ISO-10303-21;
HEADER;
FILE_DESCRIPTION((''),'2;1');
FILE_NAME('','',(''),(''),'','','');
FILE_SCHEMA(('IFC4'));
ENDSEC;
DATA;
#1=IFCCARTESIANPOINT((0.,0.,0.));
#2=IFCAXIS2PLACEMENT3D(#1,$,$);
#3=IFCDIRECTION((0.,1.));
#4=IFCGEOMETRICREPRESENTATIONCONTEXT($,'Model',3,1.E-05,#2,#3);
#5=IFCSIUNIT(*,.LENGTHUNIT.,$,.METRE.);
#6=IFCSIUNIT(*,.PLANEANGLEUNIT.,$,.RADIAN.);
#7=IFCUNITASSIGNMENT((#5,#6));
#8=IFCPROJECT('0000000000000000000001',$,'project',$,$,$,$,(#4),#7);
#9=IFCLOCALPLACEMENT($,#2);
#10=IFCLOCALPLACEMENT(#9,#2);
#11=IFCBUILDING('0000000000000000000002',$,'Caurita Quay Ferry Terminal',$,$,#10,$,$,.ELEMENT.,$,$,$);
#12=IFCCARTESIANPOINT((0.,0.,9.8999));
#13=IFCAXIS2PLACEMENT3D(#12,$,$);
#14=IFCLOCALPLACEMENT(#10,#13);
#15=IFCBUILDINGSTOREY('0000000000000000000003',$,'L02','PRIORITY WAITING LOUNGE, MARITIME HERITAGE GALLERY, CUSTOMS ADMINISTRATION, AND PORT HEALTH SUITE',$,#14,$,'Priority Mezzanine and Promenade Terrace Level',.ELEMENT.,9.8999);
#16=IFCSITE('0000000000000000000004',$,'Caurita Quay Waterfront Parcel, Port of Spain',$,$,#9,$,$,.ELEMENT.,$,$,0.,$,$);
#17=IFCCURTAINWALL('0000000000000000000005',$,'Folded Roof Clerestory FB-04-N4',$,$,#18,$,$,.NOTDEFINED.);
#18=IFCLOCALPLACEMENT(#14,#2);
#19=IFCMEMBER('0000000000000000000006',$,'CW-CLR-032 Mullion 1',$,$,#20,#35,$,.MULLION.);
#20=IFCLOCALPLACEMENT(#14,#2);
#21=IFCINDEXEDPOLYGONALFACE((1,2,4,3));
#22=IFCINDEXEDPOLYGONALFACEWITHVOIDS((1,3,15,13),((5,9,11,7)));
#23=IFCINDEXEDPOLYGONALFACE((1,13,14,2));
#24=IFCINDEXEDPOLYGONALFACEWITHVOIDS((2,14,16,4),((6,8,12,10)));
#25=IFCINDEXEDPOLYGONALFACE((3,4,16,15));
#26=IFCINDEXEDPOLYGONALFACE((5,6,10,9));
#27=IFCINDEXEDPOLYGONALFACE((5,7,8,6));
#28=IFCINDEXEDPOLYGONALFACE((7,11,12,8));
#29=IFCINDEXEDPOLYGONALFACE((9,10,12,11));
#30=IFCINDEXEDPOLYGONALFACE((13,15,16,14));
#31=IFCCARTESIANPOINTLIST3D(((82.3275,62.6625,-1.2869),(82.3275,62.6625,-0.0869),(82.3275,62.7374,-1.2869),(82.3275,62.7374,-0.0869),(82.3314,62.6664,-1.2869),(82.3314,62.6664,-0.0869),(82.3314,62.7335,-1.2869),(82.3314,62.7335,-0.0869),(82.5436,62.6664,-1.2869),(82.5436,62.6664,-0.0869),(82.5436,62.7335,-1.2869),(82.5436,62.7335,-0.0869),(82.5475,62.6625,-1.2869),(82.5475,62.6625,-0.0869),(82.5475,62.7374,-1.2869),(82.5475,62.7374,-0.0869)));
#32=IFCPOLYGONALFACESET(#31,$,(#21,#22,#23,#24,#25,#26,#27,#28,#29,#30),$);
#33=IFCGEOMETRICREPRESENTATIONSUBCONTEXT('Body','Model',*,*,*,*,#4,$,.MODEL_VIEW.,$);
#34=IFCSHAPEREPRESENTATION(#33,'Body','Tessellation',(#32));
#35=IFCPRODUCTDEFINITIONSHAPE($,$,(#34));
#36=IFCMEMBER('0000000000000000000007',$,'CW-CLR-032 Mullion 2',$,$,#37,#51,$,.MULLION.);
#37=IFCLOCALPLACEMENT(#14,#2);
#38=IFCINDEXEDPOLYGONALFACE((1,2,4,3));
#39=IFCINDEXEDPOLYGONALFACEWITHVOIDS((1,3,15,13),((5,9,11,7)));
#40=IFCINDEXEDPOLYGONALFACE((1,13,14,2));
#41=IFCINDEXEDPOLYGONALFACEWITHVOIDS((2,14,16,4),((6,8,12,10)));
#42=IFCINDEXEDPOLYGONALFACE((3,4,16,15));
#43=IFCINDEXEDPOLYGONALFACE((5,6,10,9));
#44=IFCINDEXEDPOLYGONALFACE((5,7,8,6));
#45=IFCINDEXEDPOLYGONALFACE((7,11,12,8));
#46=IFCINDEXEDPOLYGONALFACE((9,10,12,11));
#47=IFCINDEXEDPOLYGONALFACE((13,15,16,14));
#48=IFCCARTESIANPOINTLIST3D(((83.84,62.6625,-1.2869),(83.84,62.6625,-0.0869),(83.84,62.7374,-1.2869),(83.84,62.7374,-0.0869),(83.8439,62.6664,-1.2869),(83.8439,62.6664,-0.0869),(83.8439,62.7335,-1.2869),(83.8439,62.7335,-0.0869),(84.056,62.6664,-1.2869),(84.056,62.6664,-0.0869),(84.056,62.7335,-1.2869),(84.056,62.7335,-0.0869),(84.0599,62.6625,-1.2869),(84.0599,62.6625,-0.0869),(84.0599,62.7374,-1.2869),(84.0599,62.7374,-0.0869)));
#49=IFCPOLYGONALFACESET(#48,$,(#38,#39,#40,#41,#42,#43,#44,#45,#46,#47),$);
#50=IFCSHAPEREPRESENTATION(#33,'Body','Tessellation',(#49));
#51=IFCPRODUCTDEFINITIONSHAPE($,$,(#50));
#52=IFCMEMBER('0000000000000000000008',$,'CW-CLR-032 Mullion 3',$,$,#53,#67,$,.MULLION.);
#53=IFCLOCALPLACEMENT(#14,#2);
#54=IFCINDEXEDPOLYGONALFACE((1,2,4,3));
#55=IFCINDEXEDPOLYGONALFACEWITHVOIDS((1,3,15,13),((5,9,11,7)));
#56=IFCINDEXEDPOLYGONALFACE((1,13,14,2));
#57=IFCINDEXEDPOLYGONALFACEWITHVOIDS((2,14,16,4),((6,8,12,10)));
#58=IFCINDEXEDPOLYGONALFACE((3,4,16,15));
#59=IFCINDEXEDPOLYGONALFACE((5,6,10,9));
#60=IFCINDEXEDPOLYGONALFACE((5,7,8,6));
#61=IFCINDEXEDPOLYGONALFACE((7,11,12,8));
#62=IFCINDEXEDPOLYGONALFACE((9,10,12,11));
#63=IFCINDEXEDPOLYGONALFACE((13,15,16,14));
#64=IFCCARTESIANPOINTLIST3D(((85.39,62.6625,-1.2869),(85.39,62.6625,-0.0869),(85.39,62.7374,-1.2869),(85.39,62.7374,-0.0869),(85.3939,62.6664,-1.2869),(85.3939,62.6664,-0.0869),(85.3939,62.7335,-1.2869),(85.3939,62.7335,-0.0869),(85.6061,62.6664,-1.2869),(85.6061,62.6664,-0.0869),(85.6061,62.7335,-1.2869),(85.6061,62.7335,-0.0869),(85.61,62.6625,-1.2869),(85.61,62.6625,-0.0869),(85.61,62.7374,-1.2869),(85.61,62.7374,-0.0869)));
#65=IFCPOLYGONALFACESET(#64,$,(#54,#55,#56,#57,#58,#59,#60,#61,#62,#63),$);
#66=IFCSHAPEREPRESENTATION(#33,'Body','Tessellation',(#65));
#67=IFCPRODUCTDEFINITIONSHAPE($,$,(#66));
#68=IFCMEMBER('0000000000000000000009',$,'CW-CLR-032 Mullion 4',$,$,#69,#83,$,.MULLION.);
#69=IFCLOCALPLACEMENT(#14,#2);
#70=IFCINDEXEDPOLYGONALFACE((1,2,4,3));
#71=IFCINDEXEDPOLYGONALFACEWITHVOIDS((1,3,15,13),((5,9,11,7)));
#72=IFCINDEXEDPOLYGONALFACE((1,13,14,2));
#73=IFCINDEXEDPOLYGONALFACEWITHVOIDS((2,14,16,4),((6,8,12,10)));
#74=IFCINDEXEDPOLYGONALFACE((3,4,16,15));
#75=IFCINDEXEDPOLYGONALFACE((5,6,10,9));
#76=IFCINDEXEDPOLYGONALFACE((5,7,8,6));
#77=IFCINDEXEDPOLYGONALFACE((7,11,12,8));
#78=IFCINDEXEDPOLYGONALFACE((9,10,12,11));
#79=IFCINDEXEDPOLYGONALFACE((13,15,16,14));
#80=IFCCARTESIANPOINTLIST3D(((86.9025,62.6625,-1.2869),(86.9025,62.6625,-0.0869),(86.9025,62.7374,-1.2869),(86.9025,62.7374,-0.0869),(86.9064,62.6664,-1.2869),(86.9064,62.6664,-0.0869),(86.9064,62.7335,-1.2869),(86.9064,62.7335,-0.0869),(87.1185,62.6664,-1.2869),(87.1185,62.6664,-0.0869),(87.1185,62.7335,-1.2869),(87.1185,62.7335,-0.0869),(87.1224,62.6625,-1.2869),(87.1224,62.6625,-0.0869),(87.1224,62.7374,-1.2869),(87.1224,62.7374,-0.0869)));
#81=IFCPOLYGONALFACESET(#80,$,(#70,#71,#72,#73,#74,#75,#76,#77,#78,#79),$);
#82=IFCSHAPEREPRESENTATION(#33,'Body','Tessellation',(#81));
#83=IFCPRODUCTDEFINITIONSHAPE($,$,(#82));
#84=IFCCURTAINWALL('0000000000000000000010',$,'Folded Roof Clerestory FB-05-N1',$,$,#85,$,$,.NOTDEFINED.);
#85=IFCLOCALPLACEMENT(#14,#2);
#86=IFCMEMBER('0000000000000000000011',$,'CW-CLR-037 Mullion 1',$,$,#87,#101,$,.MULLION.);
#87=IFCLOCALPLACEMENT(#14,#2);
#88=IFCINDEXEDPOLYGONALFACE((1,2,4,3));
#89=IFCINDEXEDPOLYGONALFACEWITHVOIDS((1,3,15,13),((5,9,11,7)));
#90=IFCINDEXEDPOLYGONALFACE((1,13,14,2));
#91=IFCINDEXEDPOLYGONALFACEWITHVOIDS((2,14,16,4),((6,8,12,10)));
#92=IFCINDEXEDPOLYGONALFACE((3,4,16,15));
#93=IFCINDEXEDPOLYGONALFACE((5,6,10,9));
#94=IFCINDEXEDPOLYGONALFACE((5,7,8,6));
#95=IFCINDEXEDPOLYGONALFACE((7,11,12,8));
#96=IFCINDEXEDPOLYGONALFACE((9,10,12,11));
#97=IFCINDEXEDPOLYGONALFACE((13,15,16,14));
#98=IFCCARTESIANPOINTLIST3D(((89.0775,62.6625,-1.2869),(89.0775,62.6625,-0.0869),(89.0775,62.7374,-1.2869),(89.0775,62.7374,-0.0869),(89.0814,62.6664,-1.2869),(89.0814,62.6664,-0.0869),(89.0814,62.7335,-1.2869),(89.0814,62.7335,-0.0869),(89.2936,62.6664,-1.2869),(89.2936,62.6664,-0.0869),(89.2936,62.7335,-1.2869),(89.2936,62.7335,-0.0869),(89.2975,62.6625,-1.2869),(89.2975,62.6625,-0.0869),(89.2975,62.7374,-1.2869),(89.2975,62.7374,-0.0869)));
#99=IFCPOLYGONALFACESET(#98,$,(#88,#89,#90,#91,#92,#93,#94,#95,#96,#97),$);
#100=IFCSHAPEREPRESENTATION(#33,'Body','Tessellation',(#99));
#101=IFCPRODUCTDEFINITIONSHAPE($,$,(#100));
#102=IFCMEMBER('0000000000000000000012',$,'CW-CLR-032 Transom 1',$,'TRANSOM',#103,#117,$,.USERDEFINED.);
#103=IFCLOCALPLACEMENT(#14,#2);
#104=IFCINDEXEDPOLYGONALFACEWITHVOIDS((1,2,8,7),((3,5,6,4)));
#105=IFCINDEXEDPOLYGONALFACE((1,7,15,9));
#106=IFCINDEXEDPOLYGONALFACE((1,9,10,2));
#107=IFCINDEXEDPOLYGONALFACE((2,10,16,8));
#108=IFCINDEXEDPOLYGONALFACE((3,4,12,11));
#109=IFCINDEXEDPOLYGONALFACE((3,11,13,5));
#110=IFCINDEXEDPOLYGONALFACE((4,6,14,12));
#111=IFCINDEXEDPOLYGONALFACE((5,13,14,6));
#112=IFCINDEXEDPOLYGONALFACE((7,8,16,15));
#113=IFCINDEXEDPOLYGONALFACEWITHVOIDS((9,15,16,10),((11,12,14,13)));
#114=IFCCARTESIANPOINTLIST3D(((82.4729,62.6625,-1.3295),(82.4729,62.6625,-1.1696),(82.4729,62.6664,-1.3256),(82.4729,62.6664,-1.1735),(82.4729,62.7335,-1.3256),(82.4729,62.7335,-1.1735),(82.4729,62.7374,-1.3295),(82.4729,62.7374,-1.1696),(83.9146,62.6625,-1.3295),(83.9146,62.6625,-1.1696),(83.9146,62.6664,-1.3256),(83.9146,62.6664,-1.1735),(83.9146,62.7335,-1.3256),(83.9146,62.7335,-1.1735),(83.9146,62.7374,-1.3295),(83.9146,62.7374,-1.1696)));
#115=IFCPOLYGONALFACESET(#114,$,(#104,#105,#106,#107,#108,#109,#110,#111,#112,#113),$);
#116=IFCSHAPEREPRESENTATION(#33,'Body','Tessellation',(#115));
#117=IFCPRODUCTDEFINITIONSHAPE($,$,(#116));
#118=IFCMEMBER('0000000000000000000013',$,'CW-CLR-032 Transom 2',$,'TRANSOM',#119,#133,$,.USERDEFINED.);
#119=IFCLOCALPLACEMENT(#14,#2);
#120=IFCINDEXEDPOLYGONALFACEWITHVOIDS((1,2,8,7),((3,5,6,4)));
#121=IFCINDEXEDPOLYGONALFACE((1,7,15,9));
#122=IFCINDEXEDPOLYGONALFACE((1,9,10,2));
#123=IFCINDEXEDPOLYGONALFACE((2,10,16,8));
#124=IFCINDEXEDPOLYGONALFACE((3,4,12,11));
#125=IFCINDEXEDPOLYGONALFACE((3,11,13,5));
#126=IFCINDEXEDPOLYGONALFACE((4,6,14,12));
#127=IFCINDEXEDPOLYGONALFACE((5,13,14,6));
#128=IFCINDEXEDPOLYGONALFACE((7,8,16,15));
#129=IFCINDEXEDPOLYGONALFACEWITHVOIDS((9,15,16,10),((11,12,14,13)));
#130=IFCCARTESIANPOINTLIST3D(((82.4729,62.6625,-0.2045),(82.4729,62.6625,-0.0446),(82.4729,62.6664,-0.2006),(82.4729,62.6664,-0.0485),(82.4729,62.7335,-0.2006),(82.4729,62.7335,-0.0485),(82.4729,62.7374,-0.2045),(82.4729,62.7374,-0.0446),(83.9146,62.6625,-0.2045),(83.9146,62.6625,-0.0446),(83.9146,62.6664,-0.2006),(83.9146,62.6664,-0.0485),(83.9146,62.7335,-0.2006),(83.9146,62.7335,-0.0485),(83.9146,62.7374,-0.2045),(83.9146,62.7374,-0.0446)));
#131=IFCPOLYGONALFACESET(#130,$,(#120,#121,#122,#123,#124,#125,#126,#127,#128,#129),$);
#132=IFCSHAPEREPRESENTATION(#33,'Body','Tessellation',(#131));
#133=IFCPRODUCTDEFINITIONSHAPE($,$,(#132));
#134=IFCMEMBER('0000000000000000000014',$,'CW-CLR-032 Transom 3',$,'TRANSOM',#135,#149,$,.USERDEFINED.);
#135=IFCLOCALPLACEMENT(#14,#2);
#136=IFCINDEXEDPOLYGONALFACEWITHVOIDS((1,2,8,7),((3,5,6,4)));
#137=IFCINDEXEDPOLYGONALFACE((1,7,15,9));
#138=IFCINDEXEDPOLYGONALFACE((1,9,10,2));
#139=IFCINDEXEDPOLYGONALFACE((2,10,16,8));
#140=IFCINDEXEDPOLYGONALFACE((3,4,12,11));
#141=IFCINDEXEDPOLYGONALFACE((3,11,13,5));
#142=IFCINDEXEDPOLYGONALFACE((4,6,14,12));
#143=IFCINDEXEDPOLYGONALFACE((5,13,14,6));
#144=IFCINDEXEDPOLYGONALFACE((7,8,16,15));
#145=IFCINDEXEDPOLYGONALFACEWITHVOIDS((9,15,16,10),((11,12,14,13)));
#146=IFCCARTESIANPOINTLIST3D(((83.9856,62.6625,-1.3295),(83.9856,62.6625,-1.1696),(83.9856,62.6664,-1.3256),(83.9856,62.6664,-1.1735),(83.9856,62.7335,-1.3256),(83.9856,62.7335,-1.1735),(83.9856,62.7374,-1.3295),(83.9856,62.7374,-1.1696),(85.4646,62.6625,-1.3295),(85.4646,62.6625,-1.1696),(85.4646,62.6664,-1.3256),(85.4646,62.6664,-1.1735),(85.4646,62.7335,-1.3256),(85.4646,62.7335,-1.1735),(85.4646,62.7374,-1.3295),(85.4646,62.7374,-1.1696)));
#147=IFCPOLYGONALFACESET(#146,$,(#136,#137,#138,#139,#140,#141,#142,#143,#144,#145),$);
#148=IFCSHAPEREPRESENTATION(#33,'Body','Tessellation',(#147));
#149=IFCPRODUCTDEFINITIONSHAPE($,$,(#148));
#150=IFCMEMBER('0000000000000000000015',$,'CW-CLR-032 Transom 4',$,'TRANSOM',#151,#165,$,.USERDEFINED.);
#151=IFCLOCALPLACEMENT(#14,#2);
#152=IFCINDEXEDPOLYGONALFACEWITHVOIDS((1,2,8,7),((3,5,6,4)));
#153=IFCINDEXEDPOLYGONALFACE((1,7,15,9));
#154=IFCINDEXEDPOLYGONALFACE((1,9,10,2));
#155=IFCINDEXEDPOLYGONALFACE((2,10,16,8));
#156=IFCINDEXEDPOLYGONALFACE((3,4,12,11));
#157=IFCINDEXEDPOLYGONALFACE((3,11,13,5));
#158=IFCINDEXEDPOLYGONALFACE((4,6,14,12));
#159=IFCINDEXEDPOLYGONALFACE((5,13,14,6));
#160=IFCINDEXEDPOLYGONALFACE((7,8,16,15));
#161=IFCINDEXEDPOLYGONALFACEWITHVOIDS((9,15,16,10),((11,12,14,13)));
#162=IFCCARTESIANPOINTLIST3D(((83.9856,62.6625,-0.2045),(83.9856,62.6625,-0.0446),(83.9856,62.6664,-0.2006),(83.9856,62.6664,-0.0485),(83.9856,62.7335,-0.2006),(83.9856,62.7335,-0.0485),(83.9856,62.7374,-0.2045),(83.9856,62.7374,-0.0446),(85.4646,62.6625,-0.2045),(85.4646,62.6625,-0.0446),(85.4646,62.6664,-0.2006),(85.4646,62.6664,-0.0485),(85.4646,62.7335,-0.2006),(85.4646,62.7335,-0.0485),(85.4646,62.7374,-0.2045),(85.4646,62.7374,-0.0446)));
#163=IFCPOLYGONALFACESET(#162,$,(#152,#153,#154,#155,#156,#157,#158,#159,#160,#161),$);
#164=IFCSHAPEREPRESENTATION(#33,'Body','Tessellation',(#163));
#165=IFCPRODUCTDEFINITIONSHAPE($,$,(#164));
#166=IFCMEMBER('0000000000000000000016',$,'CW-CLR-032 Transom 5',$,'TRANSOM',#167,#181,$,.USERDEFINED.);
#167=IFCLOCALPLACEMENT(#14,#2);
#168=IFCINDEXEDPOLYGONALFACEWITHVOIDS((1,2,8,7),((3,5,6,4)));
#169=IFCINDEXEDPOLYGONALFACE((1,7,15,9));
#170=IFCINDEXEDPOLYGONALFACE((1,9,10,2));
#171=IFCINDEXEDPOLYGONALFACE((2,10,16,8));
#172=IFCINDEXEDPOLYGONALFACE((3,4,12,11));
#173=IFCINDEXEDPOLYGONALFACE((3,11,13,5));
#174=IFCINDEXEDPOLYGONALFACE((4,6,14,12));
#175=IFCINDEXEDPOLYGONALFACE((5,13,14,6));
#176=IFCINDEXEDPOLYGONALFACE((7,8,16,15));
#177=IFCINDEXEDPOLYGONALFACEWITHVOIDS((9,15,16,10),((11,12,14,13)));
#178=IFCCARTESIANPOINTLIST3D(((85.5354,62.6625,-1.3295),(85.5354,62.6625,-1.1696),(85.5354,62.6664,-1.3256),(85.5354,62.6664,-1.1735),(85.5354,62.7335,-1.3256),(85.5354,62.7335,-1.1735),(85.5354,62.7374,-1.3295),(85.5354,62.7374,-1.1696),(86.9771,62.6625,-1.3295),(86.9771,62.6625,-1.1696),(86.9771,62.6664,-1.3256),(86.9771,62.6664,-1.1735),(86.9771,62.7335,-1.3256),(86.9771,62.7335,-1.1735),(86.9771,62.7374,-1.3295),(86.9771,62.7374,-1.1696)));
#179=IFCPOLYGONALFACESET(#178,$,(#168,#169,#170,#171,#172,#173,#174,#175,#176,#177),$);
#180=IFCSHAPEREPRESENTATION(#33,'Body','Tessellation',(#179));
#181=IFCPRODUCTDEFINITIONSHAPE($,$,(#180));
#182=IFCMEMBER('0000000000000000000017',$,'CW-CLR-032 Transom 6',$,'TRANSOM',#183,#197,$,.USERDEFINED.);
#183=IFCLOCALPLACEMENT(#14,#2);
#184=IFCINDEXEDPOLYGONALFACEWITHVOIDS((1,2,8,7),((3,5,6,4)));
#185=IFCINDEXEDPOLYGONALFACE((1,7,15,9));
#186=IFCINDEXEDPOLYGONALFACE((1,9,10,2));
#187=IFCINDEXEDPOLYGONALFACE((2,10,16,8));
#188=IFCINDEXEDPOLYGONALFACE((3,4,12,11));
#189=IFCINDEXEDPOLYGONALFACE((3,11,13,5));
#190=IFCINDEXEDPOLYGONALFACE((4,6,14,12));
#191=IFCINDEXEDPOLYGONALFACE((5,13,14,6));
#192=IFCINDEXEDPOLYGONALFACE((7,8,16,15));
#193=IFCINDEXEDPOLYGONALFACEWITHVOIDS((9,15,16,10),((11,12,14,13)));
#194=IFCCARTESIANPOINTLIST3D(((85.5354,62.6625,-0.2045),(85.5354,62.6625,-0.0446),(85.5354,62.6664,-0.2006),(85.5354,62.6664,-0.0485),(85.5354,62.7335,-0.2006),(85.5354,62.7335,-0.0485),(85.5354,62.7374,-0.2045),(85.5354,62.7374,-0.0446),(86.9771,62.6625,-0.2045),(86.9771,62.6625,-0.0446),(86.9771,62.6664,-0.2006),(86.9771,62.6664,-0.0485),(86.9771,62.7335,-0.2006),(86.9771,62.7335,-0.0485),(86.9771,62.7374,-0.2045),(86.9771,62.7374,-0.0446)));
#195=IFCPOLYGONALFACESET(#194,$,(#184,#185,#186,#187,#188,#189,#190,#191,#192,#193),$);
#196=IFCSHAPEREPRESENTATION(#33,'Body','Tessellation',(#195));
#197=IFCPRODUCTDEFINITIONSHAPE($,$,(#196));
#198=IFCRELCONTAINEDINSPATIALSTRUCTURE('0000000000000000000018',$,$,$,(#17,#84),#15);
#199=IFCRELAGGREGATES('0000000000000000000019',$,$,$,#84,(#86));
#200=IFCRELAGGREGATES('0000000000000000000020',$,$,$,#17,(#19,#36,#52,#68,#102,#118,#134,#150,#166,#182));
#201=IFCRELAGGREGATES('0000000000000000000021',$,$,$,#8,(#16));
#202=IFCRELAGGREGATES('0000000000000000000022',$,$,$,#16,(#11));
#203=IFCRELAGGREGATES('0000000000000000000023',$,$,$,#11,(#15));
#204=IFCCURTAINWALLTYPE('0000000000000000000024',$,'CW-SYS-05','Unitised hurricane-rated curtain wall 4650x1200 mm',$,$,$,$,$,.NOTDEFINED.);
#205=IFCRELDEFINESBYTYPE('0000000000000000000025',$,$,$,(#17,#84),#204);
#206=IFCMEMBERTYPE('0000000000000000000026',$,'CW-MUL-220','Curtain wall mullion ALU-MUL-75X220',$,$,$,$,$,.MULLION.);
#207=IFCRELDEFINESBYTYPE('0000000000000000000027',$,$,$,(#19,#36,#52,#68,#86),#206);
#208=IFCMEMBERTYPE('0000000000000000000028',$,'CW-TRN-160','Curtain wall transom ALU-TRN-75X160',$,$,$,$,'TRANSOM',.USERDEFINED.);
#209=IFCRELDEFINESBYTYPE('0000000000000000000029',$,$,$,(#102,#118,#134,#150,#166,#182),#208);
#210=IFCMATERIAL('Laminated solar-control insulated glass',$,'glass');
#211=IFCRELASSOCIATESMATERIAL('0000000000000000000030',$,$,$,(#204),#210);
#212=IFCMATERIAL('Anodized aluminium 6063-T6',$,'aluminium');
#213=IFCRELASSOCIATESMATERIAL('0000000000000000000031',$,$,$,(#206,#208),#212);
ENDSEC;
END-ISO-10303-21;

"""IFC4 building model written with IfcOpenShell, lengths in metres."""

from ifc_helpers import new_model, si_unit, direction, frame, origin, origin_2d, place, context, subcontext, project, spatial, hollow_rectangle, extrude, material, material_profile, profile_set, type_object, element, aggregate, save


model = new_model("IFC4")

# Units and contexts
model_context = context("Model", 3, precision=1e-05, world=origin(), true_north=direction((0.0, 1.0)))
body_context = subcontext(model_context, "Body", "Model", "MODEL_VIEW")
ifc_project = project(units=[si_unit("LENGTHUNIT", "METRE"), si_unit("PLANEANGLEUNIT", "RADIAN")], contexts=[model_context])

# Site, building, storey
site_placement = place(None, origin())
site = spatial("IfcSite", under=ifc_project, at=site_placement, Name="Caurita Quay Waterfront Parcel, Port of Spain", CompositionType="ELEMENT", RefElevation=0.0)
building_placement = place(site_placement, origin())
building = spatial("IfcBuilding", under=site, at=building_placement, Name="Caurita Quay Ferry Terminal", CompositionType="ELEMENT")
storey_placement = place(building_placement, frame((0.0, 0.0, 9.8999)))
storey = spatial("IfcBuildingStorey", under=building, at=storey_placement, Name="L02", Description="PRIORITY WAITING LOUNGE, MARITIME HERITAGE GALLERY, CUSTOMS ADMINISTRATION, AND PORT HEALTH SUITE", LongName="Priority Mezzanine and Promenade Terrace Level", CompositionType="ELEMENT", Elevation=9.8999)

# Curtain wall, members
ifc_material_1 = material(Name="Laminated solar-control insulated glass", Category="glass")
curtain_wall_type = type_object("IfcCurtainWallType", Name="CW-SYS-05", Description="Unitised hurricane-rated curtain wall 4650x1200 mm", PredefinedType="NOTDEFINED", material=ifc_material_1)
curtain_wall_1_placement = place(storey_placement, origin())
curtain_wall_1 = element("IfcCurtainWall", 1, at=curtain_wall_1_placement, inside=storey, type_object=curtain_wall_type, Name="Folded Roof Clerestory FB-04-N4", PredefinedType="NOTDEFINED")
ifc_material_2 = material(Name="Anodized aluminium 6063-T6", Category="aluminium")
ifc_material_profile_1 = material_profile(ifc_material_2, hollow_rectangle(XDim=0.075, YDim=0.22, WallThickness=0.0039, at=origin_2d()), Name="ALU-MUL-75X220")
ifc_profile_set_1 = profile_set([ifc_material_profile_1], Name="Anodized aluminium 6063-T6")
member_type_1 = type_object("IfcMemberType", Name="CW-MUL-220", Description="Curtain wall mullion ALU-MUL-75X220", PredefinedType="MULLION", material=ifc_profile_set_1)
member_1_placement = place(storey_placement, frame((82.4375, 62.7, -1.2869), z_axis=(0.0, 0.0, 1.0), x_axis=(0.0, 1.0, 0.0)))
member_1 = element("IfcMember", 2, at=member_1_placement, type_object=member_type_1, Name="CW-CLR-032 Mullion 1", PredefinedType="MULLION", context=body_context, shape_type="SweptSolid", body=[
    extrude(hollow_rectangle(XDim=0.075, YDim=0.22, WallThickness=0.0039, at=origin_2d()), origin(), (0.0, 0.0, 1.0), 1.2),
])
member_2_placement = place(storey_placement, frame((83.95, 62.7, -1.2869), z_axis=(0.0, 0.0, 1.0), x_axis=(0.0, 1.0, 0.0)))
member_2 = element("IfcMember", 3, at=member_2_placement, type_object=member_type_1, Name="CW-CLR-032 Mullion 2", PredefinedType="MULLION", context=body_context, shape_type="SweptSolid", body=[
    extrude(hollow_rectangle(XDim=0.075, YDim=0.22, WallThickness=0.0039, at=origin_2d()), origin(), (0.0, 0.0, 1.0), 1.2),
])
member_3_placement = place(storey_placement, frame((85.5, 62.7, -1.2869), z_axis=(0.0, 0.0, 1.0), x_axis=(0.0, 1.0, 0.0)))
member_3 = element("IfcMember", 4, at=member_3_placement, type_object=member_type_1, Name="CW-CLR-032 Mullion 3", PredefinedType="MULLION", context=body_context, shape_type="SweptSolid", body=[
    extrude(hollow_rectangle(XDim=0.075, YDim=0.22, WallThickness=0.0039, at=origin_2d()), origin(), (0.0, 0.0, 1.0), 1.2),
])
member_4_placement = place(storey_placement, frame((87.0125, 62.7, -1.2869), z_axis=(0.0, 0.0, 1.0), x_axis=(0.0, 1.0, 0.0)))
member_4 = element("IfcMember", 5, at=member_4_placement, type_object=member_type_1, Name="CW-CLR-032 Mullion 4", PredefinedType="MULLION", context=body_context, shape_type="SweptSolid", body=[
    extrude(hollow_rectangle(XDim=0.075, YDim=0.22, WallThickness=0.0039, at=origin_2d()), origin(), (0.0, 0.0, 1.0), 1.2),
])

# Curtain wall, member
curtain_wall_2_placement = place(storey_placement, origin())
curtain_wall_2 = element("IfcCurtainWall", 6, at=curtain_wall_2_placement, inside=storey, type_object=curtain_wall_type, Name="Folded Roof Clerestory FB-05-N1", PredefinedType="NOTDEFINED")
member_5_placement = place(storey_placement, frame((89.1875, 62.7, -1.2869), z_axis=(0.0, 0.0, 1.0), x_axis=(0.0, 1.0, 0.0)))
member_5 = element("IfcMember", 7, at=member_5_placement, type_object=member_type_1, Name="CW-CLR-037 Mullion 1", PredefinedType="MULLION", context=body_context, shape_type="SweptSolid", body=[
    extrude(hollow_rectangle(XDim=0.075, YDim=0.22, WallThickness=0.0039, at=origin_2d()), origin(), (0.0, 0.0, 1.0), 1.2),
])
aggregate(curtain_wall_2, [member_5])

# Members
ifc_material_profile_2 = material_profile(ifc_material_2, hollow_rectangle(XDim=0.075, YDim=0.1599, WallThickness=0.0039, at=origin_2d()), Name="ALU-TRN-75X160")
ifc_profile_set_2 = profile_set([ifc_material_profile_2], Name="Anodized aluminium 6063-T6")
member_type_2 = type_object("IfcMemberType", Name="CW-TRN-160", Description="Curtain wall transom ALU-TRN-75X160", ElementType="TRANSOM", PredefinedType="USERDEFINED", material=ifc_profile_set_2)
member_6_placement = place(storey_placement, frame((82.4729, 62.7, -1.2495), z_axis=(1.0, 0.0, 0.0), x_axis=(0.0, 1.0, 0.0)))
member_6 = element("IfcMember", 8, at=member_6_placement, type_object=member_type_2, Name="CW-CLR-032 Transom 1", ObjectType="TRANSOM", PredefinedType="USERDEFINED", context=body_context, shape_type="SweptSolid", body=[
    extrude(hollow_rectangle(XDim=0.075, YDim=0.1599, WallThickness=0.0039, at=origin_2d()), origin(), (0.0, 0.0, 1.0), 1.4417),
])
member_7_placement = place(storey_placement, frame((82.4729, 62.7, -0.1245), z_axis=(1.0, 0.0, 0.0), x_axis=(0.0, 1.0, 0.0)))
member_7 = element("IfcMember", 9, at=member_7_placement, type_object=member_type_2, Name="CW-CLR-032 Transom 2", ObjectType="TRANSOM", PredefinedType="USERDEFINED", context=body_context, shape_type="SweptSolid", body=[
    extrude(hollow_rectangle(XDim=0.075, YDim=0.1599, WallThickness=0.0039, at=origin_2d()), origin(), (0.0, 0.0, 1.0), 1.4417),
])
member_8_placement = place(storey_placement, frame((83.9856, 62.7, -1.2495), z_axis=(1.0, 0.0, 0.0), x_axis=(0.0, 1.0, 0.0)))
member_8 = element("IfcMember", 10, at=member_8_placement, type_object=member_type_2, Name="CW-CLR-032 Transom 3", ObjectType="TRANSOM", PredefinedType="USERDEFINED", context=body_context, shape_type="SweptSolid", body=[
    extrude(hollow_rectangle(XDim=0.075, YDim=0.1599, WallThickness=0.0039, at=origin_2d()), origin(), (0.0, 0.0, 1.0), 1.479),
])
member_9_placement = place(storey_placement, frame((83.9856, 62.7, -0.1245), z_axis=(1.0, 0.0, 0.0), x_axis=(0.0, 1.0, 0.0)))
member_9 = element("IfcMember", 11, at=member_9_placement, type_object=member_type_2, Name="CW-CLR-032 Transom 4", ObjectType="TRANSOM", PredefinedType="USERDEFINED", context=body_context, shape_type="SweptSolid", body=[
    extrude(hollow_rectangle(XDim=0.075, YDim=0.1599, WallThickness=0.0039, at=origin_2d()), origin(), (0.0, 0.0, 1.0), 1.479),
])
member_10_placement = place(storey_placement, frame((85.5354, 62.7, -1.2495), z_axis=(1.0, 0.0, 0.0), x_axis=(0.0, 1.0, 0.0)))
member_10 = element("IfcMember", 12, at=member_10_placement, type_object=member_type_2, Name="CW-CLR-032 Transom 5", ObjectType="TRANSOM", PredefinedType="USERDEFINED", context=body_context, shape_type="SweptSolid", body=[
    extrude(hollow_rectangle(XDim=0.075, YDim=0.1599, WallThickness=0.0039, at=origin_2d()), origin(), (0.0, 0.0, 1.0), 1.4417),
])
member_11_placement = place(storey_placement, frame((85.5354, 62.7, -0.1245), z_axis=(1.0, 0.0, 0.0), x_axis=(0.0, 1.0, 0.0)))
member_11 = element("IfcMember", 13, at=member_11_placement, type_object=member_type_2, Name="CW-CLR-032 Transom 6", ObjectType="TRANSOM", PredefinedType="USERDEFINED", context=body_context, shape_type="SweptSolid", body=[
    extrude(hollow_rectangle(XDim=0.075, YDim=0.1599, WallThickness=0.0039, at=origin_2d()), origin(), (0.0, 0.0, 1.0), 1.4417),
])

aggregate(curtain_wall_1, [member_1, member_2, member_3, member_4, member_6, member_7, member_8, member_9, member_10, member_11])

save(model, "model.ifc")
